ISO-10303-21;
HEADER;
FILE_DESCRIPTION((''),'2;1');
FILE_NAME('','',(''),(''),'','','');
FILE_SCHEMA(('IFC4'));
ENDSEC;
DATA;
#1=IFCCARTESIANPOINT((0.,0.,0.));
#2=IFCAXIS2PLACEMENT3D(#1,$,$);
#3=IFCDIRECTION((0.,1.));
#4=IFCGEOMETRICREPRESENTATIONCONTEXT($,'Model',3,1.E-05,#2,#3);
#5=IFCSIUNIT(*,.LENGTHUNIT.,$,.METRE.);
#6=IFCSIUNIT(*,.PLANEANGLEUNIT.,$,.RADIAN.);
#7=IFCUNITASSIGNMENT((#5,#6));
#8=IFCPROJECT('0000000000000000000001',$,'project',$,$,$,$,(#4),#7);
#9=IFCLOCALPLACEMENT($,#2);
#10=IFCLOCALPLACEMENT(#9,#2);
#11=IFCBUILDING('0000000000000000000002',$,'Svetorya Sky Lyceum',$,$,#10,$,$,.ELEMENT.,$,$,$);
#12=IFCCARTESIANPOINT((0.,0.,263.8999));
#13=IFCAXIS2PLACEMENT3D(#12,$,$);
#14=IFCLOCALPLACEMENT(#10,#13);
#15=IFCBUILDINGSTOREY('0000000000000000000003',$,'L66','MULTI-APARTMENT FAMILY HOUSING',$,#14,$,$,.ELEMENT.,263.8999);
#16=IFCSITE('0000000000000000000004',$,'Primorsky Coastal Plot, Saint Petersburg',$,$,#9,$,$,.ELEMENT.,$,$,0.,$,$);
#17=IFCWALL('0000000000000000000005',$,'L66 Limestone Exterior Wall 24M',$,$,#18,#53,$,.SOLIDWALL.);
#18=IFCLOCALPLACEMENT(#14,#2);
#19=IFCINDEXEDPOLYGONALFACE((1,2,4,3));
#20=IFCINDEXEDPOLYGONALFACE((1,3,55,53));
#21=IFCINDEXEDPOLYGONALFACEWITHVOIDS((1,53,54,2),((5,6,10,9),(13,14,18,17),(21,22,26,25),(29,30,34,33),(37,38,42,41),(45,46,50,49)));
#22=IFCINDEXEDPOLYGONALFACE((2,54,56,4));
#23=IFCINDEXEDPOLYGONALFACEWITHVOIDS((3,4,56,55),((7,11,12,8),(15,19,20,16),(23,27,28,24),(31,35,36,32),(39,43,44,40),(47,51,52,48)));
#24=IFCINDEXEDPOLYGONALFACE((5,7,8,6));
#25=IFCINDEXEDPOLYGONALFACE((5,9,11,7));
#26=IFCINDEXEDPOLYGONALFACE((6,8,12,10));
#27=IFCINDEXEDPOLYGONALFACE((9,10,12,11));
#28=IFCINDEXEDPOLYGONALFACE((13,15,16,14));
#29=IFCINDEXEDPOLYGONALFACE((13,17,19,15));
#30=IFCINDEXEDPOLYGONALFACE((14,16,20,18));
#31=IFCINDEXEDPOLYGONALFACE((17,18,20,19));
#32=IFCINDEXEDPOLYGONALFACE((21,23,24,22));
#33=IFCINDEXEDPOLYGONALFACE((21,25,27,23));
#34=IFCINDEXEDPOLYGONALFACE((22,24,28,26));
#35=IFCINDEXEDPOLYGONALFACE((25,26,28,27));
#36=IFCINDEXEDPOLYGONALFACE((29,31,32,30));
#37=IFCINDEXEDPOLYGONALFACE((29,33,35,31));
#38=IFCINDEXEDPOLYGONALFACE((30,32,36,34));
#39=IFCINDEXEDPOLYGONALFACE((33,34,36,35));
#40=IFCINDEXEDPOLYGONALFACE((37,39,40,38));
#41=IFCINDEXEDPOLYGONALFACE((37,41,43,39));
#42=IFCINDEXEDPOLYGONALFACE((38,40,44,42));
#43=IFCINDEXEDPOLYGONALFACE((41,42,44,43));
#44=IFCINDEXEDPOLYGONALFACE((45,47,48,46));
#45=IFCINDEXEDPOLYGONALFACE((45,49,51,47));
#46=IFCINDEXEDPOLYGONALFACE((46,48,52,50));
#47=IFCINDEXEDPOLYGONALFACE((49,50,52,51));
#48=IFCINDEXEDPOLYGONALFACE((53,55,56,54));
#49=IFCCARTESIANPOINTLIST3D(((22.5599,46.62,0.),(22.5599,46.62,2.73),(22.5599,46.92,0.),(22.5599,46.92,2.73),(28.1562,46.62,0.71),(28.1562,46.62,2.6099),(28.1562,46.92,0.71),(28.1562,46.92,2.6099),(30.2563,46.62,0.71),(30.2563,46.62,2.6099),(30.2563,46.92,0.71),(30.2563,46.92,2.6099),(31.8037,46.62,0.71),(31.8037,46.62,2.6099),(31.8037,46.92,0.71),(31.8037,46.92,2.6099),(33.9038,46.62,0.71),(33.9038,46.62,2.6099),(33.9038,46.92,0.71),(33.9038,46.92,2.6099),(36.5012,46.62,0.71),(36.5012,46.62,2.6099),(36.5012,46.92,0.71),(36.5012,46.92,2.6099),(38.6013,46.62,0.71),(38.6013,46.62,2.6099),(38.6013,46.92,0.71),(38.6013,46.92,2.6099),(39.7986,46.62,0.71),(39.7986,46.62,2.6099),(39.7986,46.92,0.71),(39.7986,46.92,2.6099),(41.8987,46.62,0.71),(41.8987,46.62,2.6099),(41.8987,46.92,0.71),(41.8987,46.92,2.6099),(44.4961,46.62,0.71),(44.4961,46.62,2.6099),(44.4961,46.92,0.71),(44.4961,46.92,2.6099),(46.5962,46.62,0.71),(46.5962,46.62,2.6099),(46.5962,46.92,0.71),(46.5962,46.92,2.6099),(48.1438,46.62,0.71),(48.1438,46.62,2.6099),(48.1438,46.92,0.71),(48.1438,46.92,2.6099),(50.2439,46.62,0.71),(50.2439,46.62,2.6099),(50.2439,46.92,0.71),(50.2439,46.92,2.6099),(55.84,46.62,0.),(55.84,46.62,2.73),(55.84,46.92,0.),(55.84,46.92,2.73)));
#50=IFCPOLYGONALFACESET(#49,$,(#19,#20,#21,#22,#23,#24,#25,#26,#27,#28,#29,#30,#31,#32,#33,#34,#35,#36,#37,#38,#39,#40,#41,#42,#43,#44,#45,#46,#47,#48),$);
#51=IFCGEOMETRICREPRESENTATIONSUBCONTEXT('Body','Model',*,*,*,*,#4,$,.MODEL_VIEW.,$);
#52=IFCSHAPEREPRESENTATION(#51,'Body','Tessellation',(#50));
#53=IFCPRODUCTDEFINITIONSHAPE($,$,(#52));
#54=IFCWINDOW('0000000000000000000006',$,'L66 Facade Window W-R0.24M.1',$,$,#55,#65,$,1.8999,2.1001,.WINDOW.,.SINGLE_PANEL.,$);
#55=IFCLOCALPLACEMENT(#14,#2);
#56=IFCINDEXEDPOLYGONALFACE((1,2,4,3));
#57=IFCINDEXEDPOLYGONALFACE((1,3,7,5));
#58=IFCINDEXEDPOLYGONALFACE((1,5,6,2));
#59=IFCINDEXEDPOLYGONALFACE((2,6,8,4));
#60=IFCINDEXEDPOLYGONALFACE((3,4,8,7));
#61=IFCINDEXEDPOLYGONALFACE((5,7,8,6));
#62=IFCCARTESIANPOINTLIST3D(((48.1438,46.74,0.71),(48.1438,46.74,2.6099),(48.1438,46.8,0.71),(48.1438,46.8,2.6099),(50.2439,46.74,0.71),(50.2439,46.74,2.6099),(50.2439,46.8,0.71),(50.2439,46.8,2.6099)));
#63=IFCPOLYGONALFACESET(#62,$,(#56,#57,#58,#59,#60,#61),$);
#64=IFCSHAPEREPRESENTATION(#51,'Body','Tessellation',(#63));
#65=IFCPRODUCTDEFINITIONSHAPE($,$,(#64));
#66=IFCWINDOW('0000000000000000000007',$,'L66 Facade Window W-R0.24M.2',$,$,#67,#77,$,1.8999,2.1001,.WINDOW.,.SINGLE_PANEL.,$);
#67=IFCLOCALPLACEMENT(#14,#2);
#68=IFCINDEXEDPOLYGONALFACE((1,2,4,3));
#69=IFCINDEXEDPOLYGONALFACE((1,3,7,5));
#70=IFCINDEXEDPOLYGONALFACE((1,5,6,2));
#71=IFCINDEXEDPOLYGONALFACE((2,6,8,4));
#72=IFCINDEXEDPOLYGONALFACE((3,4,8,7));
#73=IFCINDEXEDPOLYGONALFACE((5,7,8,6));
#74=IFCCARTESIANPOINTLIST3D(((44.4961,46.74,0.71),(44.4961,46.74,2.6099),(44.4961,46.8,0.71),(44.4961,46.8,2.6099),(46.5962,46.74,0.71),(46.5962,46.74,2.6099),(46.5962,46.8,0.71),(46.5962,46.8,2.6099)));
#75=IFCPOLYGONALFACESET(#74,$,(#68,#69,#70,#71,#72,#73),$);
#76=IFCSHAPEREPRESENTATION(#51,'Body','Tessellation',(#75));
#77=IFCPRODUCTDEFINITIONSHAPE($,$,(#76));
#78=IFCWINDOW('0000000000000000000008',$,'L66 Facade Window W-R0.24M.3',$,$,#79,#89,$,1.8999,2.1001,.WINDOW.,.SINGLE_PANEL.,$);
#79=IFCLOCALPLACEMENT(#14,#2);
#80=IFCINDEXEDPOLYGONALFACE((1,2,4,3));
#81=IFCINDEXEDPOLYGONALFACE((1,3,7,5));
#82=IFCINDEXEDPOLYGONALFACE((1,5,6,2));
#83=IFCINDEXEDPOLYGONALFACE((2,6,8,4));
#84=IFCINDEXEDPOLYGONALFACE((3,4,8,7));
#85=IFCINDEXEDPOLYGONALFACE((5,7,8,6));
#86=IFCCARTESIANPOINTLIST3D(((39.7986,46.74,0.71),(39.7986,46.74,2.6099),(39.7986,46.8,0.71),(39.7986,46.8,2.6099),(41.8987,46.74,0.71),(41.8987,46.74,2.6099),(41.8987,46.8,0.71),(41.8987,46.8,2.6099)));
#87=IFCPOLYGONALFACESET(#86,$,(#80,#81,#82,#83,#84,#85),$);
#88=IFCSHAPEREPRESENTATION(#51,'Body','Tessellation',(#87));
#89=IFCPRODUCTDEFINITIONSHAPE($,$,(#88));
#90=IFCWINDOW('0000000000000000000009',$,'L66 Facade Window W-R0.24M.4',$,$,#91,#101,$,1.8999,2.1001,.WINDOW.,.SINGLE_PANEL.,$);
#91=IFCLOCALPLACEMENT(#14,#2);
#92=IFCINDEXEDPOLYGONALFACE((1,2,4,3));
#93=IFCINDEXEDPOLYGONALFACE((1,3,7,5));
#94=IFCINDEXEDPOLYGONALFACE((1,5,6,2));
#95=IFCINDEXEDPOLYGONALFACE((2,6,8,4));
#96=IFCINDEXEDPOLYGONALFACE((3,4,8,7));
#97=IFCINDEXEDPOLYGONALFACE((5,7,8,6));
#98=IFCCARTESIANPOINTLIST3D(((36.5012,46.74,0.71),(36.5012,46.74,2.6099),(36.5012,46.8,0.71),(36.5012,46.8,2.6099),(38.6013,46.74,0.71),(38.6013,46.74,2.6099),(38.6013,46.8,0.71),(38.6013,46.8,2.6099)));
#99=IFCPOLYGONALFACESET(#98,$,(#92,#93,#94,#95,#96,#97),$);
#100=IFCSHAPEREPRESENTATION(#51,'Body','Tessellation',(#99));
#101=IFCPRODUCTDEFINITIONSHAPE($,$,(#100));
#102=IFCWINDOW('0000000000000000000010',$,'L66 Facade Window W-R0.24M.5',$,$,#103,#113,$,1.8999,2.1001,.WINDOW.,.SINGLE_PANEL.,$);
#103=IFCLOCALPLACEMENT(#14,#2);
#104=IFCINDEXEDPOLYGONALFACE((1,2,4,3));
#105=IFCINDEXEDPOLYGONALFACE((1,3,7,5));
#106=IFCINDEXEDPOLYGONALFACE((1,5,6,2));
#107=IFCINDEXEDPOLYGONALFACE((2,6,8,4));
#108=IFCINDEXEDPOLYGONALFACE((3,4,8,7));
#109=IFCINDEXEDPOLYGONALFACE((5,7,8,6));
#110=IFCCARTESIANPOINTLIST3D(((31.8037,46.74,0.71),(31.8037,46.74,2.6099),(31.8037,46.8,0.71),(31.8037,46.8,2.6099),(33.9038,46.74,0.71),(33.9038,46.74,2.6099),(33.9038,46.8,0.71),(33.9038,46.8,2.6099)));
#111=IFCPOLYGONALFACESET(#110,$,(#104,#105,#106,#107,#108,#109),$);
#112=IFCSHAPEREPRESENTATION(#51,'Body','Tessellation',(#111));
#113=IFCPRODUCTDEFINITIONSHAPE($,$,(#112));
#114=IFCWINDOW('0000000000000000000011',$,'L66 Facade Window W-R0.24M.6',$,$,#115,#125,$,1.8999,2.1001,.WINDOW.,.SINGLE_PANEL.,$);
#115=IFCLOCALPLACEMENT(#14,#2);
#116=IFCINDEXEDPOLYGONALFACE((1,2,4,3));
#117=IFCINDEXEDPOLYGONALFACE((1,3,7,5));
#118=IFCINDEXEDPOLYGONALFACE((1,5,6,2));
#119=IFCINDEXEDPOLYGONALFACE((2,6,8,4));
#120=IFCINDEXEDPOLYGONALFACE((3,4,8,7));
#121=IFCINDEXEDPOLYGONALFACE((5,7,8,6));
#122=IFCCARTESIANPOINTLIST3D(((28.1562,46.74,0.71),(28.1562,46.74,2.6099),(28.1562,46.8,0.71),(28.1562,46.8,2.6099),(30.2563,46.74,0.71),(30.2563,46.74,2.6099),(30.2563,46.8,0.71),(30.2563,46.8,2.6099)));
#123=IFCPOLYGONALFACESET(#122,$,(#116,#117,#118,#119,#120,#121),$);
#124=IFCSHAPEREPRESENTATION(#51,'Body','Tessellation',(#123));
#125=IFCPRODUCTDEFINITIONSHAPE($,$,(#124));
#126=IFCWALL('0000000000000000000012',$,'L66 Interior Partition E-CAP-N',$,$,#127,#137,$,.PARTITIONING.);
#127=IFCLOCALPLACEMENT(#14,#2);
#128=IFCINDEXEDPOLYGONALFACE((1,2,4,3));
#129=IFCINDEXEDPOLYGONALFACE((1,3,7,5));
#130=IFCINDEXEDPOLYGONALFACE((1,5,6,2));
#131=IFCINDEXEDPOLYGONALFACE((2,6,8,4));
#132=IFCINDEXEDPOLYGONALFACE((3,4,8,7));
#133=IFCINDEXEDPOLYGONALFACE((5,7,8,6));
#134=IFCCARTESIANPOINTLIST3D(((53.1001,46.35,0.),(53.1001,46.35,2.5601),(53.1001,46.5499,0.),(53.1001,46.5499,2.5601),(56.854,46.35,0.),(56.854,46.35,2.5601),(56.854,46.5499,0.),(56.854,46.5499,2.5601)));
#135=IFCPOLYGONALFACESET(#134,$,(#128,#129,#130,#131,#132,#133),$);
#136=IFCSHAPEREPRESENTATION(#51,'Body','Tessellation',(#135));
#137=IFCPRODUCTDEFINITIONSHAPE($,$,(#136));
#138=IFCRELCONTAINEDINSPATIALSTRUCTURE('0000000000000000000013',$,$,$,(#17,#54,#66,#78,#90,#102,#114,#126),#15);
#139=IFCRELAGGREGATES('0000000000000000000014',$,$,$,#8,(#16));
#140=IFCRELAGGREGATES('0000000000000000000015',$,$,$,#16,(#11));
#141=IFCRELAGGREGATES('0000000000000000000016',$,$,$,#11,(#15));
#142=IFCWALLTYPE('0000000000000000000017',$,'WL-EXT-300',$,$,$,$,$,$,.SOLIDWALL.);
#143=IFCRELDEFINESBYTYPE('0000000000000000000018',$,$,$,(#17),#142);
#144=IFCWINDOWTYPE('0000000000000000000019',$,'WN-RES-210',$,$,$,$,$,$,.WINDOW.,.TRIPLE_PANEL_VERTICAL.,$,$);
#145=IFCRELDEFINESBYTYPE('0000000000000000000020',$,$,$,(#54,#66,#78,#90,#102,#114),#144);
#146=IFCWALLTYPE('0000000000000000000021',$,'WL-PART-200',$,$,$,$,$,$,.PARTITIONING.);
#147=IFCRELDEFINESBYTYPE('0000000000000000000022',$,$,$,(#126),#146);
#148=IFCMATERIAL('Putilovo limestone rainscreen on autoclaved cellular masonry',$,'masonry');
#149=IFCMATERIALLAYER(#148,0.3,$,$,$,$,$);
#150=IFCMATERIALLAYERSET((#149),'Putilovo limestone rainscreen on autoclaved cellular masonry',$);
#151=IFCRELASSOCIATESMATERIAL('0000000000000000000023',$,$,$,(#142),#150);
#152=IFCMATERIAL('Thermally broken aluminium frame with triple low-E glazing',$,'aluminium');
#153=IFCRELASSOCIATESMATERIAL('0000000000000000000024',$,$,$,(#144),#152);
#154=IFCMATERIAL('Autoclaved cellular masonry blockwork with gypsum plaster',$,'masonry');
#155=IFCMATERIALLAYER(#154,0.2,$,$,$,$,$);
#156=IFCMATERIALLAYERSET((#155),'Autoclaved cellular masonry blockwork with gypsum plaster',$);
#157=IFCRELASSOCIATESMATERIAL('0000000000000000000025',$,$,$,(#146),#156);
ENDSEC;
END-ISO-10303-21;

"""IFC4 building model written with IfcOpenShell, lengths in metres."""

from ifc_helpers import new_model, si_unit, direction, frame, frame_2d, origin, place, context, subcontext, project, spatial, rectangle, extrude, material, layer, layer_set, type_object, element, fill, save


model = new_model("IFC4")

# Units and contexts
model_context = context("Model", 3, precision=1e-05, world=origin(), true_north=direction((0.0, 1.0)))
body_context = subcontext(model_context, "Body", "Model", "MODEL_VIEW")
ifc_project = project(units=[si_unit("LENGTHUNIT", "METRE"), si_unit("PLANEANGLEUNIT", "RADIAN")], contexts=[model_context])

# Site, building, storey
site_placement = place(None, origin())
site = spatial("IfcSite", under=ifc_project, at=site_placement, Name="Primorsky Coastal Plot, Saint Petersburg", CompositionType="ELEMENT", RefElevation=0.0)
building_placement = place(site_placement, origin())
building = spatial("IfcBuilding", under=site, at=building_placement, Name="Svetorya Sky Lyceum", CompositionType="ELEMENT")
storey_placement = place(building_placement, frame((0.0, 0.0, 263.8999)))
storey = spatial("IfcBuildingStorey", under=building, at=storey_placement, Name="L66", Description="MULTI-APARTMENT FAMILY HOUSING", CompositionType="ELEMENT", Elevation=263.8999)

# Shared definitions
ifc_material_1 = material(Name="Putilovo limestone rainscreen on autoclaved cellular masonry", Category="masonry")
ifc_layer_1 = layer(ifc_material_1, 0.3)
ifc_layer_set_1 = layer_set([ifc_layer_1], Name="Putilovo limestone rainscreen on autoclaved cellular masonry")
wall_type_1 = type_object("IfcWallType", Name="WL-EXT-300", PredefinedType="SOLIDWALL", material=ifc_layer_set_1)

# Wall, openings, windows
wall_1_placement = place(storey_placement, frame((55.8401, 46.77, 0.0), z_axis=(0.0, 0.0, 1.0), x_axis=(-1.0, 0.0, 0.0)))
wall_1 = element("IfcWall", 1, at=wall_1_placement, inside=storey, type_object=wall_type_1, Name="L66 Limestone Exterior Wall 24M", PredefinedType="SOLIDWALL", context=body_context, shape_type="SweptSolid", body=[
    extrude(rectangle(XDim=33.28, YDim=0.3, at=frame_2d((16.6401, 0.0))), origin(), (0.0, 0.0, 1.0), 2.73),
])
opening_1_placement = place(wall_1_placement, frame((5.5962, 0.0, 0.71)))
opening_1 = element("IfcOpeningElement", 2, at=opening_1_placement, cuts=wall_1, PredefinedType="OPENING", context=body_context, shape_type="SweptSolid", body=[
    extrude(rectangle(XDim=2.1001, YDim=1.8999, at=frame_2d((1.05, 0.95))), frame((0.0, 0.1599, 0.0), z_axis=(0.0, -1.0, 0.0), x_axis=(1.0, 0.0, 0.0)), (0.0, 0.0, 1.0), 0.3201),
])
opening_2_placement = place(wall_1_placement, frame((9.2439, 0.0, 0.71)))
opening_2 = element("IfcOpeningElement", 3, at=opening_2_placement, cuts=wall_1, PredefinedType="OPENING", context=body_context, shape_type="SweptSolid", body=[
    extrude(rectangle(XDim=2.1001, YDim=1.8999, at=frame_2d((1.05, 0.95))), frame((0.0, 0.1599, 0.0), z_axis=(0.0, -1.0, 0.0), x_axis=(1.0, 0.0, 0.0)), (0.0, 0.0, 1.0), 0.3201),
])
opening_3_placement = place(wall_1_placement, frame((13.9414, 0.0, 0.71)))
opening_3 = element("IfcOpeningElement", 4, at=opening_3_placement, cuts=wall_1, PredefinedType="OPENING", context=body_context, shape_type="SweptSolid", body=[
    extrude(rectangle(XDim=2.1001, YDim=1.8999, at=frame_2d((1.05, 0.95))), frame((0.0, 0.1599, 0.0), z_axis=(0.0, -1.0, 0.0), x_axis=(1.0, 0.0, 0.0)), (0.0, 0.0, 1.0), 0.3201),
])
opening_4_placement = place(wall_1_placement, frame((17.2388, 0.0, 0.71)))
opening_4 = element("IfcOpeningElement", 5, at=opening_4_placement, cuts=wall_1, PredefinedType="OPENING", context=body_context, shape_type="SweptSolid", body=[
    extrude(rectangle(XDim=2.1001, YDim=1.8999, at=frame_2d((1.05, 0.95))), frame((0.0, 0.1599, 0.0), z_axis=(0.0, -1.0, 0.0), x_axis=(1.0, 0.0, 0.0)), (0.0, 0.0, 1.0), 0.3201),
])
opening_5_placement = place(wall_1_placement, frame((21.9363, 0.0, 0.71)))
opening_5 = element("IfcOpeningElement", 6, at=opening_5_placement, cuts=wall_1, PredefinedType="OPENING", context=body_context, shape_type="SweptSolid", body=[
    extrude(rectangle(XDim=2.1001, YDim=1.8999, at=frame_2d((1.05, 0.95))), frame((0.0, 0.1599, 0.0), z_axis=(0.0, -1.0, 0.0), x_axis=(1.0, 0.0, 0.0)), (0.0, 0.0, 1.0), 0.3201),
])
opening_6_placement = place(wall_1_placement, frame((25.5837, 0.0, 0.71)))
opening_6 = element("IfcOpeningElement", 7, at=opening_6_placement, cuts=wall_1, PredefinedType="OPENING", context=body_context, shape_type="SweptSolid", body=[
    extrude(rectangle(XDim=2.1001, YDim=1.8999, at=frame_2d((1.05, 0.95))), frame((0.0, 0.1599, 0.0), z_axis=(0.0, -1.0, 0.0), x_axis=(1.0, 0.0, 0.0)), (0.0, 0.0, 1.0), 0.3201),
])
ifc_material_2 = material(Name="Thermally broken aluminium frame with triple low-E glazing", Category="aluminium")
window_type = type_object("IfcWindowType", Name="WN-RES-210", PartitioningType="TRIPLE_PANEL_VERTICAL", PredefinedType="WINDOW", material=ifc_material_2)
window_1_placement = place(opening_1_placement, origin())
window_1 = element("IfcWindow", 8, at=window_1_placement, inside=storey, type_object=window_type, Name="L66 Facade Window W-R0.24M.1", OverallHeight=1.8999, OverallWidth=2.1001, PartitioningType="SINGLE_PANEL", PredefinedType="WINDOW", context=body_context, shape_type="SweptSolid", body=[
    extrude(rectangle(XDim=2.1001, YDim=1.8999, at=frame_2d((1.05, 0.95))), frame((0.0, 0.03, 0.0), z_axis=(0.0, -1.0, 0.0), x_axis=(1.0, 0.0, 0.0)), (0.0, 0.0, 1.0), 0.0601),
])
fill(opening_1, window_1)
window_2_placement = place(opening_2_placement, origin())
window_2 = element("IfcWindow", 9, at=window_2_placement, inside=storey, type_object=window_type, Name="L66 Facade Window W-R0.24M.2", OverallHeight=1.8999, OverallWidth=2.1001, PartitioningType="SINGLE_PANEL", PredefinedType="WINDOW", context=body_context, shape_type="SweptSolid", body=[
    extrude(rectangle(XDim=2.1001, YDim=1.8999, at=frame_2d((1.05, 0.95))), frame((0.0, 0.03, 0.0), z_axis=(0.0, -1.0, 0.0), x_axis=(1.0, 0.0, 0.0)), (0.0, 0.0, 1.0), 0.0601),
])
fill(opening_2, window_2)
window_3_placement = place(opening_3_placement, origin())
window_3 = element("IfcWindow", 10, at=window_3_placement, inside=storey, type_object=window_type, Name="L66 Facade Window W-R0.24M.3", OverallHeight=1.8999, OverallWidth=2.1001, PartitioningType="SINGLE_PANEL", PredefinedType="WINDOW", context=body_context, shape_type="SweptSolid", body=[
    extrude(rectangle(XDim=2.1001, YDim=1.8999, at=frame_2d((1.05, 0.95))), frame((0.0, 0.03, 0.0), z_axis=(0.0, -1.0, 0.0), x_axis=(1.0, 0.0, 0.0)), (0.0, 0.0, 1.0), 0.0601),
])
fill(opening_3, window_3)
window_4_placement = place(opening_4_placement, origin())
window_4 = element("IfcWindow", 11, at=window_4_placement, inside=storey, type_object=window_type, Name="L66 Facade Window W-R0.24M.4", OverallHeight=1.8999, OverallWidth=2.1001, PartitioningType="SINGLE_PANEL", PredefinedType="WINDOW", context=body_context, shape_type="SweptSolid", body=[
    extrude(rectangle(XDim=2.1001, YDim=1.8999, at=frame_2d((1.05, 0.95))), frame((0.0, 0.03, 0.0), z_axis=(0.0, -1.0, 0.0), x_axis=(1.0, 0.0, 0.0)), (0.0, 0.0, 1.0), 0.0601),
])
fill(opening_4, window_4)
window_5_placement = place(opening_5_placement, origin())
window_5 = element("IfcWindow", 12, at=window_5_placement, inside=storey, type_object=window_type, Name="L66 Facade Window W-R0.24M.5", OverallHeight=1.8999, OverallWidth=2.1001, PartitioningType="SINGLE_PANEL", PredefinedType="WINDOW", context=body_context, shape_type="SweptSolid", body=[
    extrude(rectangle(XDim=2.1001, YDim=1.8999, at=frame_2d((1.05, 0.95))), frame((0.0, 0.03, 0.0), z_axis=(0.0, -1.0, 0.0), x_axis=(1.0, 0.0, 0.0)), (0.0, 0.0, 1.0), 0.0601),
])
fill(opening_5, window_5)
window_6_placement = place(opening_6_placement, origin())
window_6 = element("IfcWindow", 13, at=window_6_placement, inside=storey, type_object=window_type, Name="L66 Facade Window W-R0.24M.6", OverallHeight=1.8999, OverallWidth=2.1001, PartitioningType="SINGLE_PANEL", PredefinedType="WINDOW", context=body_context, shape_type="SweptSolid", body=[
    extrude(rectangle(XDim=2.1001, YDim=1.8999, at=frame_2d((1.05, 0.95))), frame((0.0, 0.03, 0.0), z_axis=(0.0, -1.0, 0.0), x_axis=(1.0, 0.0, 0.0)), (0.0, 0.0, 1.0), 0.0601),
])
fill(opening_6, window_6)

# Wall
ifc_material_3 = material(Name="Autoclaved cellular masonry blockwork with gypsum plaster", Category="masonry")
ifc_layer_2 = layer(ifc_material_3, 0.2)
ifc_layer_set_2 = layer_set([ifc_layer_2], Name="Autoclaved cellular masonry blockwork with gypsum plaster")
wall_type_2 = type_object("IfcWallType", Name="WL-PART-200", PredefinedType="PARTITIONING", material=ifc_layer_set_2)
wall_2_placement = place(storey_placement, frame((53.1001, 46.45, 0.0), z_axis=(0.0, 0.0, 1.0), x_axis=(1.0, 0.0, 0.0)))
element("IfcWall", 14, at=wall_2_placement, inside=storey, type_object=wall_type_2, Name="L66 Interior Partition E-CAP-N", PredefinedType="PARTITIONING", context=body_context, shape_type="SweptSolid", body=[
    extrude(rectangle(XDim=3.7539, YDim=0.2, at=frame_2d((1.877, 0.0))), origin(), (0.0, 0.0, 1.0), 2.5601),
])

save(model, "model.ifc")
